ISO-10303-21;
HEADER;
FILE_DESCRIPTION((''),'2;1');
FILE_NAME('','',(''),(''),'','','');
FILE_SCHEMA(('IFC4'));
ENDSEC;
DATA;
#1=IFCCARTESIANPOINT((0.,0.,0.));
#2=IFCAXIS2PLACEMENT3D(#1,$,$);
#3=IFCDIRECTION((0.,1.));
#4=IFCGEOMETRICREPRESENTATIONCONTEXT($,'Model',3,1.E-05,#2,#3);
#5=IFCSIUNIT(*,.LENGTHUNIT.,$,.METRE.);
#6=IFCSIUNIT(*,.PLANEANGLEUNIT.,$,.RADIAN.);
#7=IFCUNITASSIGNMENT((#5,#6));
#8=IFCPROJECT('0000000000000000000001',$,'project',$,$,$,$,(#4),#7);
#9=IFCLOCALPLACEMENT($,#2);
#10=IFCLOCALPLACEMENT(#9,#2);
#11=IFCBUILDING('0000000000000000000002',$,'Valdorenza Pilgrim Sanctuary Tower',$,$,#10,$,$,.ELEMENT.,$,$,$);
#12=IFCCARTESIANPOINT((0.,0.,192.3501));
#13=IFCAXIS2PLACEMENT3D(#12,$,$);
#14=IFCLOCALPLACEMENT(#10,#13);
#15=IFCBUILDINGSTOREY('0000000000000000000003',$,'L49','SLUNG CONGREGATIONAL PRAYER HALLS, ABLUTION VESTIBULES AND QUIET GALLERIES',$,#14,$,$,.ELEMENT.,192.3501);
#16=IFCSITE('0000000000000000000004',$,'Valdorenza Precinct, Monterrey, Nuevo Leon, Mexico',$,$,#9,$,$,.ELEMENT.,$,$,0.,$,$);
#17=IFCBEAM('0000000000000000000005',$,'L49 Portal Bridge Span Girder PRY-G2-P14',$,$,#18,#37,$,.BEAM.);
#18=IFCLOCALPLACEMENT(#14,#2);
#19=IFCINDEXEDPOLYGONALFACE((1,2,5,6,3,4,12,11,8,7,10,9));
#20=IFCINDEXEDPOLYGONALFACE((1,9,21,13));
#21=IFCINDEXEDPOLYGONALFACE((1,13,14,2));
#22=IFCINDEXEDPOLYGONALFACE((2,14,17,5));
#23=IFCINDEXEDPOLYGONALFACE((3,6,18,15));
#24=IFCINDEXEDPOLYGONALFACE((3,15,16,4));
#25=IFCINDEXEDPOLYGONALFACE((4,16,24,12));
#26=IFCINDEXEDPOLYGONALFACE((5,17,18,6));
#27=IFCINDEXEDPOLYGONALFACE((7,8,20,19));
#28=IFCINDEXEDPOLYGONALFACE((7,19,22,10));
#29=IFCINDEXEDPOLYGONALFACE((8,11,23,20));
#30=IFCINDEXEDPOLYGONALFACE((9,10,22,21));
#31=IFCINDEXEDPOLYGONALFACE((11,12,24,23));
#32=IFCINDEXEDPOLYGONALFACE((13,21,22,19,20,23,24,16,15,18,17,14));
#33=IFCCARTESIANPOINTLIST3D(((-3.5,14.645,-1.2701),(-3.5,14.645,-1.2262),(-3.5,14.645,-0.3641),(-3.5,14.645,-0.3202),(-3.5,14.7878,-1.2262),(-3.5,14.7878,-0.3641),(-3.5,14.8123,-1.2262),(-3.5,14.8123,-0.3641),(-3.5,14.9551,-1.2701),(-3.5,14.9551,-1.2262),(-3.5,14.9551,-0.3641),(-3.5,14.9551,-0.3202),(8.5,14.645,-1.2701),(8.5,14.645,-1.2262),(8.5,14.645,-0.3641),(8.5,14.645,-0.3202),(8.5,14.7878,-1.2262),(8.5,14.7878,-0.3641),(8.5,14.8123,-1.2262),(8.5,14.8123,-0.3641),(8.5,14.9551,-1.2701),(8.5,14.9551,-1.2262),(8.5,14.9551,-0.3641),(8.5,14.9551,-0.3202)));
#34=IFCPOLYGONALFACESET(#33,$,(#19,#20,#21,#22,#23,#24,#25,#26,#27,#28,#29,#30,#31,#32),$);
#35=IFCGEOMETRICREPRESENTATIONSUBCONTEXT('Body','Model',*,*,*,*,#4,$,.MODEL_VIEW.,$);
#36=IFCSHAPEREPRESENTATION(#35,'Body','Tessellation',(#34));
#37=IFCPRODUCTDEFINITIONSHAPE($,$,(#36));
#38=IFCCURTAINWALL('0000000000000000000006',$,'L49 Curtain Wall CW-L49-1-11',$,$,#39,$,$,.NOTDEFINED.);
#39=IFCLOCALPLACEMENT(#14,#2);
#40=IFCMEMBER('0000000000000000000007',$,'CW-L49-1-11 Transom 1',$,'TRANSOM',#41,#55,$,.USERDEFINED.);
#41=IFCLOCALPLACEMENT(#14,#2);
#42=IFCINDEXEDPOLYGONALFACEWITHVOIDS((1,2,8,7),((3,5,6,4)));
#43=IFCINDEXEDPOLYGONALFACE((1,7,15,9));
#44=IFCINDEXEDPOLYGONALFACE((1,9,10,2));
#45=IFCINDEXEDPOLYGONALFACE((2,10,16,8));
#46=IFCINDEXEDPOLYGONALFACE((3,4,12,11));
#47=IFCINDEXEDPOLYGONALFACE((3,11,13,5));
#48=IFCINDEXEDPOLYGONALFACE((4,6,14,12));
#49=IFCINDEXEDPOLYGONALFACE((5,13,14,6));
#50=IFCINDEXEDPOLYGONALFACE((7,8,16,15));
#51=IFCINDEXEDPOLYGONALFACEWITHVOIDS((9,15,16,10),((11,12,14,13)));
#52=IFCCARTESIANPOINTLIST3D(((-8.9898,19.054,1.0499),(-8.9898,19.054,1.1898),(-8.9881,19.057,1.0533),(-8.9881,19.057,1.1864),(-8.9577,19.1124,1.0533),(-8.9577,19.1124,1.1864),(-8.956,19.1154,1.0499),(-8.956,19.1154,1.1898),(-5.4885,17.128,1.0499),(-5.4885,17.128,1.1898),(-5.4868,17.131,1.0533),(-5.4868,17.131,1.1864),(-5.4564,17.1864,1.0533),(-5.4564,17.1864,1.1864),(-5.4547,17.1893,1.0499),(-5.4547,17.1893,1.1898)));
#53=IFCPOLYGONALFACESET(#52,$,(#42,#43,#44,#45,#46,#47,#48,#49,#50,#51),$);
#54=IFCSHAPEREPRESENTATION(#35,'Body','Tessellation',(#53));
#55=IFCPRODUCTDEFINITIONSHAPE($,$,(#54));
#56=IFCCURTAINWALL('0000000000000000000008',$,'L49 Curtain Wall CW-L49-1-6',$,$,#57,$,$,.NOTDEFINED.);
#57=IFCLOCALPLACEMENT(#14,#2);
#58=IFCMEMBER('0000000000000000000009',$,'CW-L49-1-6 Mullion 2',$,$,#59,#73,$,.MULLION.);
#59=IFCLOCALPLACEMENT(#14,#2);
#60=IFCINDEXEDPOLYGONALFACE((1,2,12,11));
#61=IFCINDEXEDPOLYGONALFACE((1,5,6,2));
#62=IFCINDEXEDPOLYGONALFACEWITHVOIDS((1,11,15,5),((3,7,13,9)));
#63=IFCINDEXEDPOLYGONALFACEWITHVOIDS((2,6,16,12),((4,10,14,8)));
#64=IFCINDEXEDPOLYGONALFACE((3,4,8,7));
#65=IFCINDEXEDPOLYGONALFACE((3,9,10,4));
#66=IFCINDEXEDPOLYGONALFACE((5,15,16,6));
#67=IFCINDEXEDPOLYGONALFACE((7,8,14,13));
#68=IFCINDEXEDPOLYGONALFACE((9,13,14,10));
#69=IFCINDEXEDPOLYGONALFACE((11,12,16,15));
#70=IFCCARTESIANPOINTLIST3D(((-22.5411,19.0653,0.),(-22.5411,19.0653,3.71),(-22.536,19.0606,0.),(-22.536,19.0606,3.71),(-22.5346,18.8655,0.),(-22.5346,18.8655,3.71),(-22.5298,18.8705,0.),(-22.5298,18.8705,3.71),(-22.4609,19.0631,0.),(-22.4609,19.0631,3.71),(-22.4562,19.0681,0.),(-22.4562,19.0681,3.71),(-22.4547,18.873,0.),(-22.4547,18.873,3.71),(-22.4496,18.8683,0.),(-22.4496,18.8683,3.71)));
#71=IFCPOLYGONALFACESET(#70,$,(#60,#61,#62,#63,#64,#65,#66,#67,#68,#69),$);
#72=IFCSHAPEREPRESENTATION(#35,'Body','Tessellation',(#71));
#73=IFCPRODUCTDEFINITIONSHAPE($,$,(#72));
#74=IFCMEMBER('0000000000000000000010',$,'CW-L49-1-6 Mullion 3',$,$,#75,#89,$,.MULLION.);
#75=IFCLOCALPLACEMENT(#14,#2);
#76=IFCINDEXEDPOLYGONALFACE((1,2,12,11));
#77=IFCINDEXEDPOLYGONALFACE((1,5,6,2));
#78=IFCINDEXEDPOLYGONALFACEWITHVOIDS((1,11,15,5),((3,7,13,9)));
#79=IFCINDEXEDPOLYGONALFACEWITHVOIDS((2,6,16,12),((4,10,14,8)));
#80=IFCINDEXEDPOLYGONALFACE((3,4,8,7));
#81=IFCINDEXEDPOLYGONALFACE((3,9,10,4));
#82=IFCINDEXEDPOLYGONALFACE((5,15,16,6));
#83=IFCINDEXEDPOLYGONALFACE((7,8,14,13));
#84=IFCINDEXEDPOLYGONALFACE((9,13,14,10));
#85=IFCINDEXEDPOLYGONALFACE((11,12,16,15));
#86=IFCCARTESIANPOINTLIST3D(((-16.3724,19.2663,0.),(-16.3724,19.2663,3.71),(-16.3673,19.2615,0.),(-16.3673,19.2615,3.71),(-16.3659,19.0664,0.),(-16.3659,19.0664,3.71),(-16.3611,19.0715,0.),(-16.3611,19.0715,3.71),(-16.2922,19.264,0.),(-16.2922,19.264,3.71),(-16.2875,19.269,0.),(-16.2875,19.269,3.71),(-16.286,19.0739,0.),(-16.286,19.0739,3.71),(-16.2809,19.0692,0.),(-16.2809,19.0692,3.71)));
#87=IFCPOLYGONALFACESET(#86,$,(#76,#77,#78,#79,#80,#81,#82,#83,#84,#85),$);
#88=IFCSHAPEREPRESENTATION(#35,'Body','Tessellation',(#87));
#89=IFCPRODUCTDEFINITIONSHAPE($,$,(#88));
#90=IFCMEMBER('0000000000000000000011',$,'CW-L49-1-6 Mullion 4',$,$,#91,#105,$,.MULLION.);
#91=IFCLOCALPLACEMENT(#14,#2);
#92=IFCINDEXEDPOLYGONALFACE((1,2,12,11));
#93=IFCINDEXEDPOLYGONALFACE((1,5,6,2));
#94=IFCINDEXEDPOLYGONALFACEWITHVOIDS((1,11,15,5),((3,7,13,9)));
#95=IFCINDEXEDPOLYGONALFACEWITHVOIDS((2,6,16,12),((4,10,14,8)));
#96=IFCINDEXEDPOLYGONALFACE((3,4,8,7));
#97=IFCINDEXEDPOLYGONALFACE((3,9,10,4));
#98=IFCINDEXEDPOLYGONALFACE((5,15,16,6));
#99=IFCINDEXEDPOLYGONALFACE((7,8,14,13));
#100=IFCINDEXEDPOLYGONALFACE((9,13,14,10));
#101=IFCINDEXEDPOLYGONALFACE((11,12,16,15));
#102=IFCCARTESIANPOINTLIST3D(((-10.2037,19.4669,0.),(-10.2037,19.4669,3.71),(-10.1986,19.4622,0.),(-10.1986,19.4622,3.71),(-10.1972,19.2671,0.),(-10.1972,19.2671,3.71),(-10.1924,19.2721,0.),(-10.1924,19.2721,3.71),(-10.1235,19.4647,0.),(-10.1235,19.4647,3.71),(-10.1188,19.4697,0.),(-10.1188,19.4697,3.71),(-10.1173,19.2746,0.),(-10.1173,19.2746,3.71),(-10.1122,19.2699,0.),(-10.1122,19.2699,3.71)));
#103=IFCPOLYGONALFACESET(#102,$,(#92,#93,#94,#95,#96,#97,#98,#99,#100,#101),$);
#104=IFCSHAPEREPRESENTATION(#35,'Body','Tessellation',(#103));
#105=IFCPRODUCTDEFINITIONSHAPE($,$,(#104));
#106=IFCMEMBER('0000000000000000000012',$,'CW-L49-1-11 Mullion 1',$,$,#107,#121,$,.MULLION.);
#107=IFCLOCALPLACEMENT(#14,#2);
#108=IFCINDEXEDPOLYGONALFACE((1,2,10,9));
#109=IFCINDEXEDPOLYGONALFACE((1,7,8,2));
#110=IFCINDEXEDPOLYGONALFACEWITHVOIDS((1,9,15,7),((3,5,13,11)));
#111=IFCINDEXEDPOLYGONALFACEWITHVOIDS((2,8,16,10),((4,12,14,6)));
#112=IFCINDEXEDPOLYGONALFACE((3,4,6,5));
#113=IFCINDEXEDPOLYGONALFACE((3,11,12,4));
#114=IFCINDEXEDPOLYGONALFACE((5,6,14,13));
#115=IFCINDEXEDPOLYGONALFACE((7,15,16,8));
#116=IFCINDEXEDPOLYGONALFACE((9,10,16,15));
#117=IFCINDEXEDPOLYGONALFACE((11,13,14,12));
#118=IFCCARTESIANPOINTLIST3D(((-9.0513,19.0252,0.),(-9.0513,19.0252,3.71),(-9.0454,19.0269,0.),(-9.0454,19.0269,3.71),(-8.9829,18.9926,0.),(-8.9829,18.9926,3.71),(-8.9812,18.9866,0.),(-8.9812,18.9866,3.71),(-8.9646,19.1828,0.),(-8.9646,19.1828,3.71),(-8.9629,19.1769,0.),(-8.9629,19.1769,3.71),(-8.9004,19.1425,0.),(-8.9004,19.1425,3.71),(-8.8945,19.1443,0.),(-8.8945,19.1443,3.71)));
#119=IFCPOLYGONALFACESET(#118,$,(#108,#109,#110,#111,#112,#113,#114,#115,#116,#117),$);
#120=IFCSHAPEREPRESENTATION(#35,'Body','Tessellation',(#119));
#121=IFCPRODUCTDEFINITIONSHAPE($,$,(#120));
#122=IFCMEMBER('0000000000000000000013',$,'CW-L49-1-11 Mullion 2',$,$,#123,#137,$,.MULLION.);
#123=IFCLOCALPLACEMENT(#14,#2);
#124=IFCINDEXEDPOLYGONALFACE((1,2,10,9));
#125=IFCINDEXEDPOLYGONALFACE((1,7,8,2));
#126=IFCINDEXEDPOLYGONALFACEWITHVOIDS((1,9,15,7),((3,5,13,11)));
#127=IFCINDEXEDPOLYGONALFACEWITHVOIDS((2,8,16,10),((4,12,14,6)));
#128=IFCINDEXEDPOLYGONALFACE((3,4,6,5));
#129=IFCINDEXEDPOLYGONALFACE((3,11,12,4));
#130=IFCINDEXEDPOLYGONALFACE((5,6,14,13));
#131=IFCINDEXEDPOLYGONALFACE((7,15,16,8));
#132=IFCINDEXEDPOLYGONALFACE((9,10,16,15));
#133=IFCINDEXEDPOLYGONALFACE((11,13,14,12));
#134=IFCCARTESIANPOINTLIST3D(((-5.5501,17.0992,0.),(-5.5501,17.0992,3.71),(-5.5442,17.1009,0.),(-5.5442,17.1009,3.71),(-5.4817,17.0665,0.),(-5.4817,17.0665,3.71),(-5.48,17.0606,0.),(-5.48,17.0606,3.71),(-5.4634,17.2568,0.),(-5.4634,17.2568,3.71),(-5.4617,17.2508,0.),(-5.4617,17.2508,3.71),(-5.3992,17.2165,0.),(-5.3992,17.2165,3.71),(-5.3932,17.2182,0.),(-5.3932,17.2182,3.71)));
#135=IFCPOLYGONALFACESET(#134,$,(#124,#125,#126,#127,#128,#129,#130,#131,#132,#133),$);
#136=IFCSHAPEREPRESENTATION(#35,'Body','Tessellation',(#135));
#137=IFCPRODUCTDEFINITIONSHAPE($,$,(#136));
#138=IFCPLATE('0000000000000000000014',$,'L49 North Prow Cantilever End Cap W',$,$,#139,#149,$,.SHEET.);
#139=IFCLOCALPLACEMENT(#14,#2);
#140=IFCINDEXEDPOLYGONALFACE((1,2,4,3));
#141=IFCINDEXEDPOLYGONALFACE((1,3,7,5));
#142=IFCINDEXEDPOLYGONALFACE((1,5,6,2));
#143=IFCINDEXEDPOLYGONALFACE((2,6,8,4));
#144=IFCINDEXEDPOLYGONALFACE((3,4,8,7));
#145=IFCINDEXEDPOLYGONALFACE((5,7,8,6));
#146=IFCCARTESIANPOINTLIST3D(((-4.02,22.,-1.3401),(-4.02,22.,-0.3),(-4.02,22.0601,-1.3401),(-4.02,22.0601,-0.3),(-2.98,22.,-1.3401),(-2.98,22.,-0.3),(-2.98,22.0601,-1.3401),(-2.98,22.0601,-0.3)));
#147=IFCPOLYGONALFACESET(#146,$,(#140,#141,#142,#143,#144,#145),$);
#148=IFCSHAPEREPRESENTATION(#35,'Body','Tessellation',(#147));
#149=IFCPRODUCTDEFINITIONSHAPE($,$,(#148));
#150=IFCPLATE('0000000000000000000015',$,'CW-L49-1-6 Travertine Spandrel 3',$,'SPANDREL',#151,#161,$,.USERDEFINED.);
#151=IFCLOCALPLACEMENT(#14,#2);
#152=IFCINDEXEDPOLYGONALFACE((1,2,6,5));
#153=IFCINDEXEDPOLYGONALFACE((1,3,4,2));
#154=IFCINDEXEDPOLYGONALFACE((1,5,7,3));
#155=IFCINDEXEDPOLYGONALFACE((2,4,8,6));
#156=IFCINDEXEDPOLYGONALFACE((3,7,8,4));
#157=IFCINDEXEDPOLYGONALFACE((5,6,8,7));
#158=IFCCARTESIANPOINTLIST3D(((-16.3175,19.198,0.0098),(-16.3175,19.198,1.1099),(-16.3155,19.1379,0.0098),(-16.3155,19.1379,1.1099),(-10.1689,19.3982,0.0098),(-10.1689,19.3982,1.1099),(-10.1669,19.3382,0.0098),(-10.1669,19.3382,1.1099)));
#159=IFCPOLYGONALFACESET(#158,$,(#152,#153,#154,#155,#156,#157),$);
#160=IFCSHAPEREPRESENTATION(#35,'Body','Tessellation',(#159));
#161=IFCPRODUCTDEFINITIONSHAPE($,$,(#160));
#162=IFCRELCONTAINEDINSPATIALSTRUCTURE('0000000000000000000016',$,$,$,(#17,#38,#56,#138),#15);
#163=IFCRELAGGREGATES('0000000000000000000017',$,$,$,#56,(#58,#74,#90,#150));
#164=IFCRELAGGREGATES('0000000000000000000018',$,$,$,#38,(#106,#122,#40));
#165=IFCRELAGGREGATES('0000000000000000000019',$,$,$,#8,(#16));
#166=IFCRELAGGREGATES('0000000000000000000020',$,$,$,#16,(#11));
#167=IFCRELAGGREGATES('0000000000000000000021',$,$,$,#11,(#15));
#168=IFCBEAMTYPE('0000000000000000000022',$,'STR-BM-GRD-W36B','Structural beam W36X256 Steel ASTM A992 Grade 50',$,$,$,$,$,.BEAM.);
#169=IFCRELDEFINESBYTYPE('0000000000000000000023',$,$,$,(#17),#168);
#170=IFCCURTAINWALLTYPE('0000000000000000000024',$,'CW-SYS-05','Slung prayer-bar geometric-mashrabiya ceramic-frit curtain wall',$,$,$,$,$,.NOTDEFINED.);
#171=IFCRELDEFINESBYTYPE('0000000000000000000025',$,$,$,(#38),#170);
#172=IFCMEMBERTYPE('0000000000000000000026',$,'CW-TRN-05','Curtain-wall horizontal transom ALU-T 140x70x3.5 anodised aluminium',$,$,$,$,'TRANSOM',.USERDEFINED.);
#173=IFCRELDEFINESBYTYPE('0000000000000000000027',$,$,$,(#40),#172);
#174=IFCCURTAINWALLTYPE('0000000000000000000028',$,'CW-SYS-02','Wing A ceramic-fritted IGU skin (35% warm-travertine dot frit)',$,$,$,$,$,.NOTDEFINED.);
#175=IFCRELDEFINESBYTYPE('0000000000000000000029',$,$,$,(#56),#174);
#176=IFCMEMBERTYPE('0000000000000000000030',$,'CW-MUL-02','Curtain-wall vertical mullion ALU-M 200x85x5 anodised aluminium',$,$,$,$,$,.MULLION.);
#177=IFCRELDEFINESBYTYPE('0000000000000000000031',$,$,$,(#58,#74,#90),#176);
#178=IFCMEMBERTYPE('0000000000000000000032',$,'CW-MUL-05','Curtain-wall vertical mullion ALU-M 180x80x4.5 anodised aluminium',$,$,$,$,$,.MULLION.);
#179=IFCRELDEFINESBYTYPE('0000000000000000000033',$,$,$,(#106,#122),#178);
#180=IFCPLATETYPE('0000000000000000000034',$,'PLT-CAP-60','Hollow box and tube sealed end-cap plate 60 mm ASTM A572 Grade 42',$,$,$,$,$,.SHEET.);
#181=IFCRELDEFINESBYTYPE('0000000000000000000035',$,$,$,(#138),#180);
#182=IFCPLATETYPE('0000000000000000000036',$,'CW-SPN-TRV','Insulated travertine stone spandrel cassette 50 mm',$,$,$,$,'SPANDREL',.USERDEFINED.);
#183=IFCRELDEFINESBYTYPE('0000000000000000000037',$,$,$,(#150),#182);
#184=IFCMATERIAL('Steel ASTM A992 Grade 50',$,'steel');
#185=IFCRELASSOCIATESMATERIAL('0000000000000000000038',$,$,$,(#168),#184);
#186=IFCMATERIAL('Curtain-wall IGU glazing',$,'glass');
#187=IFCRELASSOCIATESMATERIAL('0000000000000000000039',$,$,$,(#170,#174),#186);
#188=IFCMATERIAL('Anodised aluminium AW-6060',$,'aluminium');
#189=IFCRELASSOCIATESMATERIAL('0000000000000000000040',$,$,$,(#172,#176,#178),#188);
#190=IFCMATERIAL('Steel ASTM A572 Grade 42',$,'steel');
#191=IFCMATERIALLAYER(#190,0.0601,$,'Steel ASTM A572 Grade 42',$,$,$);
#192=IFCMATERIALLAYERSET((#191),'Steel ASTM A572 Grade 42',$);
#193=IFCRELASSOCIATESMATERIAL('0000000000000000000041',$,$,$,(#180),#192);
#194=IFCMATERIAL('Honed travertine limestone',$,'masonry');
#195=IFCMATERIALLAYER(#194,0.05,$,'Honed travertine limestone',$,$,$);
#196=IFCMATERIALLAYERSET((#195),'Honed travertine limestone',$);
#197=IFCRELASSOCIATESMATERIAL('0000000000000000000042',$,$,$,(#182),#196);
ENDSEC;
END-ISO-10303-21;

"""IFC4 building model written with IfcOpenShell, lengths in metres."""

from ifc_helpers import new_model, si_unit, direction, frame, origin, origin_2d, place, context, subcontext, project, spatial, rectangle, hollow_rectangle, i_section, extrude, source, transform, mapped, material, layer, layer_set, material_profile, profile_set, type_object, element, aggregate, save


model = new_model("IFC4")

# Units and contexts
model_context = context("Model", 3, precision=1e-05, world=origin(), true_north=direction((0.0, 1.0)))
body_context = subcontext(model_context, "Body", "Model", "MODEL_VIEW")
ifc_project = project(units=[si_unit("LENGTHUNIT", "METRE"), si_unit("PLANEANGLEUNIT", "RADIAN")], contexts=[model_context])

# Site, building, storey
site_placement = place(None, origin())
site = spatial("IfcSite", under=ifc_project, at=site_placement, Name="Valdorenza Precinct, Monterrey, Nuevo Leon, Mexico", CompositionType="ELEMENT", RefElevation=0.0)
building_placement = place(site_placement, origin())
building = spatial("IfcBuilding", under=site, at=building_placement, Name="Valdorenza Pilgrim Sanctuary Tower", CompositionType="ELEMENT")
storey_placement = place(building_placement, frame((0.0, 0.0, 192.3501)))
storey = spatial("IfcBuildingStorey", under=building, at=storey_placement, Name="L49", Description="SLUNG CONGREGATIONAL PRAYER HALLS, ABLUTION VESTIBULES AND QUIET GALLERIES", CompositionType="ELEMENT", Elevation=192.3501)

# Shared definitions
ifc_material_1 = material(Name="Steel ASTM A992 Grade 50", Category="steel")

# Beam
ifc_material_profile_1 = material_profile(ifc_material_1, i_section(OverallWidth=0.3101, OverallDepth=0.95, WebThickness=0.0244, FlangeThickness=0.0439, at=origin_2d()), Name="W36X256")
ifc_profile_set_1 = profile_set([ifc_material_profile_1], Name="Steel ASTM A992 Grade 50")
beam_type_1 = type_object("IfcBeamType", Name="STR-BM-GRD-W36B", Description="Structural beam W36X256 Steel ASTM A992 Grade 50", PredefinedType="BEAM", material=ifc_profile_set_1)
ifc_material_2 = material(Name="Steel ASTM A572 Grade 42", Category="steel")
shared_shape_1 = source(origin(), body_context, "Body", "SweptSolid", [
    extrude(i_section(OverallWidth=0.3101, OverallDepth=0.95, WebThickness=0.0244, FlangeThickness=0.0439, at=origin_2d()), origin(), (0.0, 0.0, 1.0), 12.0),
])
beam_1_placement = place(storey_placement, frame((-3.5, 14.8, -0.7952), z_axis=(1.0, 0.0, 0.0), x_axis=(0.0, 1.0, 0.0)))
element("IfcBeam", 1, at=beam_1_placement, inside=storey, type_object=beam_type_1, Name="L49 Portal Bridge Span Girder PRY-G2-P14", PredefinedType="BEAM", context=body_context, shape_type="MappedRepresentation", body=[
    mapped(shared_shape_1, transform((0.0, 0.0, 0.0), x_axis=(1.0, 0.0, 0.0), y_axis=(0.0, 1.0, 0.0), z_axis=(0.0, 0.0, 1.0), scale=1.0)),
])

# Curtain wall, member
ifc_material_3 = material(Name="Curtain-wall IGU glazing", Category="glass")
curtain_wall_type_1 = type_object("IfcCurtainWallType", Name="CW-SYS-05", Description="Slung prayer-bar geometric-mashrabiya ceramic-frit curtain wall", PredefinedType="NOTDEFINED", material=ifc_material_3)
curtain_wall_1_placement = place(storey_placement, origin())
curtain_wall_1 = element("IfcCurtainWall", 2, at=curtain_wall_1_placement, inside=storey, type_object=curtain_wall_type_1, Name="L49 Curtain Wall CW-L49-1-11", PredefinedType="NOTDEFINED")
ifc_material_4 = material(Name="Anodised aluminium AW-6060", Category="aluminium")
ifc_material_profile_2 = material_profile(ifc_material_4, hollow_rectangle(XDim=0.0701, YDim=0.1399, WallThickness=0.0034, at=origin_2d()), Name="ALU-T 140x70x3.5")
ifc_profile_set_2 = profile_set([ifc_material_profile_2], Name="Anodised aluminium AW-6060")
member_type_1 = type_object("IfcMemberType", Name="CW-TRN-05", Description="Curtain-wall horizontal transom ALU-T 140x70x3.5 anodised aluminium", ElementType="TRANSOM", PredefinedType="USERDEFINED", material=ifc_profile_set_2)
shared_shape_2 = source(origin(), body_context, "Body", "SweptSolid", [
    extrude(hollow_rectangle(XDim=0.0701, YDim=0.1399, WallThickness=0.0034, at=origin_2d()), origin(), (0.0, 0.0, 1.0), 3.9961),
])
member_1_placement = place(storey_placement, frame((-8.9729, 19.0847, 1.1199), z_axis=(0.876178, -0.481987, 0.0), x_axis=(0.481987, 0.876178, 0.0)))
member_1 = element("IfcMember", 3, at=member_1_placement, type_object=member_type_1, Name="CW-L49-1-11 Transom 1", ObjectType="TRANSOM", PredefinedType="USERDEFINED", context=body_context, shape_type="MappedRepresentation", body=[
    mapped(shared_shape_2, transform((0.0, 0.0, 0.0), x_axis=(1.0, 0.0, 0.0), y_axis=(0.0, 1.0, 0.0), z_axis=(0.0, 0.0, 1.0), scale=1.0)),
])

# Curtain wall, members
curtain_wall_type_2 = type_object("IfcCurtainWallType", Name="CW-SYS-02", Description="Wing A ceramic-fritted IGU skin (35% warm-travertine dot frit)", PredefinedType="NOTDEFINED", material=ifc_material_3)
curtain_wall_2_placement = place(storey_placement, origin())
curtain_wall_2 = element("IfcCurtainWall", 4, at=curtain_wall_2_placement, inside=storey, type_object=curtain_wall_type_2, Name="L49 Curtain Wall CW-L49-1-6", PredefinedType="NOTDEFINED")
ifc_material_profile_3 = material_profile(ifc_material_4, hollow_rectangle(XDim=0.085, YDim=0.2, WallThickness=0.0049, at=origin_2d()), Name="ALU-M 200x85x5")
ifc_profile_set_3 = profile_set([ifc_material_profile_3], Name="Anodised aluminium AW-6060")
member_type_2 = type_object("IfcMemberType", Name="CW-MUL-02", Description="Curtain-wall vertical mullion ALU-M 200x85x5 anodised aluminium", PredefinedType="MULLION", material=ifc_profile_set_3)
shared_shape_3 = source(origin(), body_context, "Body", "SweptSolid", [
    extrude(hollow_rectangle(XDim=0.085, YDim=0.2, WallThickness=0.0049, at=origin_2d()), origin(), (0.0, 0.0, 1.0), 3.71),
])
member_2_placement = place(storey_placement, frame((-22.4954, 18.9668, 0.0), z_axis=(0.0, 0.0, 1.0), x_axis=(0.99947, 0.032545, 0.0)))
member_2 = element("IfcMember", 5, at=member_2_placement, type_object=member_type_2, Name="CW-L49-1-6 Mullion 2", PredefinedType="MULLION", context=body_context, shape_type="MappedRepresentation", body=[
    mapped(shared_shape_3, transform((0.0, 0.0, 0.0), x_axis=(1.0, 0.0, 0.0), y_axis=(0.0, 1.0, 0.0), z_axis=(0.0, 0.0, 1.0), scale=1.0)),
])
member_3_placement = place(storey_placement, frame((-16.3267, 19.1677, 0.0), z_axis=(0.0, 0.0, 1.0), x_axis=(0.99947, 0.032545, 0.0)))
member_3 = element("IfcMember", 6, at=member_3_placement, type_object=member_type_2, Name="CW-L49-1-6 Mullion 3", PredefinedType="MULLION", context=body_context, shape_type="MappedRepresentation", body=[
    mapped(shared_shape_3, transform((0.0, 0.0, 0.0), x_axis=(1.0, 0.0, 0.0), y_axis=(0.0, 1.0, 0.0), z_axis=(0.0, 0.0, 1.0), scale=1.0)),
])
member_4_placement = place(storey_placement, frame((-10.158, 19.3684, 0.0), z_axis=(0.0, 0.0, 1.0), x_axis=(0.99947, 0.032545, 0.0)))
member_4 = element("IfcMember", 7, at=member_4_placement, type_object=member_type_2, Name="CW-L49-1-6 Mullion 4", PredefinedType="MULLION", context=body_context, shape_type="MappedRepresentation", body=[
    mapped(shared_shape_3, transform((0.0, 0.0, 0.0), x_axis=(1.0, 0.0, 0.0), y_axis=(0.0, 1.0, 0.0), z_axis=(0.0, 0.0, 1.0), scale=1.0)),
])

# Members
ifc_material_profile_4 = material_profile(ifc_material_4, hollow_rectangle(XDim=0.0801, YDim=0.1799, WallThickness=0.0044, at=origin_2d()), Name="ALU-M 180x80x4.5")
ifc_profile_set_4 = profile_set([ifc_material_profile_4], Name="Anodised aluminium AW-6060")
member_type_3 = type_object("IfcMemberType", Name="CW-MUL-05", Description="Curtain-wall vertical mullion ALU-M 180x80x4.5 anodised aluminium", PredefinedType="MULLION", material=ifc_profile_set_4)
shared_shape_4 = source(origin(), body_context, "Body", "SweptSolid", [
    extrude(hollow_rectangle(XDim=0.0801, YDim=0.1799, WallThickness=0.0044, at=origin_2d()), origin(), (0.0, 0.0, 1.0), 3.71),
])
member_5_placement = place(storey_placement, frame((-8.9729, 19.0847, 0.0), z_axis=(0.0, 0.0, 1.0), x_axis=(0.876214, -0.481922, 0.0)))
member_5 = element("IfcMember", 8, at=member_5_placement, type_object=member_type_3, Name="CW-L49-1-11 Mullion 1", PredefinedType="MULLION", context=body_context, shape_type="MappedRepresentation", body=[
    mapped(shared_shape_4, transform((0.0, 0.0, 0.0), x_axis=(1.0, 0.0, 0.0), y_axis=(0.0, 1.0, 0.0), z_axis=(0.0, 0.0, 1.0), scale=1.0)),
])
member_6_placement = place(storey_placement, frame((-5.4717, 17.1587, 0.0), z_axis=(0.0, 0.0, 1.0), x_axis=(0.876214, -0.481922, 0.0)))
member_6 = element("IfcMember", 9, at=member_6_placement, type_object=member_type_3, Name="CW-L49-1-11 Mullion 2", PredefinedType="MULLION", context=body_context, shape_type="MappedRepresentation", body=[
    mapped(shared_shape_4, transform((0.0, 0.0, 0.0), x_axis=(1.0, 0.0, 0.0), y_axis=(0.0, 1.0, 0.0), z_axis=(0.0, 0.0, 1.0), scale=1.0)),
])

# Plates
ifc_layer_1 = layer(ifc_material_2, 0.0601, Name="Steel ASTM A572 Grade 42")
ifc_layer_set_1 = layer_set([ifc_layer_1], Name="Steel ASTM A572 Grade 42")
plate_type_1 = type_object("IfcPlateType", Name="PLT-CAP-60", Description="Hollow box and tube sealed end-cap plate 60 mm ASTM A572 Grade 42", PredefinedType="SHEET", material=ifc_layer_set_1)
shared_shape_5 = source(origin(), body_context, "Body", "SweptSolid", [
    extrude(rectangle(XDim=1.04, YDim=0.0601, at=origin_2d()), origin(), (0.0, 0.0, 1.0), 1.04),
])
plate_1_placement = place(storey_placement, frame((-3.5, 22.03, -1.3401), z_axis=(0.0, 0.0, 1.0), x_axis=(1.0, 0.0, 0.0)))
element("IfcPlate", 10, at=plate_1_placement, inside=storey, type_object=plate_type_1, Name="L49 North Prow Cantilever End Cap W", PredefinedType="SHEET", context=body_context, shape_type="MappedRepresentation", body=[
    mapped(shared_shape_5, transform((0.0, 0.0, 0.0), x_axis=(1.0, 0.0, 0.0), y_axis=(0.0, 1.0, 0.0), z_axis=(0.0, 0.0, 1.0), scale=1.0)),
])
ifc_material_5 = material(Name="Honed travertine limestone", Category="masonry")
ifc_layer_2 = layer(ifc_material_5, 0.05, Name="Honed travertine limestone")
ifc_layer_set_2 = layer_set([ifc_layer_2], Name="Honed travertine limestone")
plate_type_2 = type_object("IfcPlateType", Name="CW-SPN-TRV", Description="Insulated travertine stone spandrel cassette 50 mm", ElementType="SPANDREL", PredefinedType="USERDEFINED", material=ifc_layer_set_2)
shared_shape_6 = source(origin(), body_context, "Body", "SweptSolid", [
    extrude(rectangle(XDim=6.1519, YDim=0.0601, at=origin_2d()), origin(), (0.0, 0.0, 1.0), 1.1001),
])
plate_2_placement = place(storey_placement, frame((-13.2422, 19.2681, 0.0098), z_axis=(0.0, 0.0, 1.0), x_axis=(0.99947, 0.032545, 0.0)))
plate_2 = element("IfcPlate", 11, at=plate_2_placement, type_object=plate_type_2, Name="CW-L49-1-6 Travertine Spandrel 3", ObjectType="SPANDREL", PredefinedType="USERDEFINED", context=body_context, shape_type="MappedRepresentation", body=[
    mapped(shared_shape_6, transform((0.0, 0.0, 0.0), x_axis=(1.0, 0.0, 0.0), y_axis=(0.0, 1.0, 0.0), z_axis=(0.0, 0.0, 1.0), scale=1.0)),
])
aggregate(curtain_wall_2, [member_2, member_3, member_4, plate_2])
aggregate(curtain_wall_1, [member_5, member_6, member_1])

save(model, "model.ifc")
